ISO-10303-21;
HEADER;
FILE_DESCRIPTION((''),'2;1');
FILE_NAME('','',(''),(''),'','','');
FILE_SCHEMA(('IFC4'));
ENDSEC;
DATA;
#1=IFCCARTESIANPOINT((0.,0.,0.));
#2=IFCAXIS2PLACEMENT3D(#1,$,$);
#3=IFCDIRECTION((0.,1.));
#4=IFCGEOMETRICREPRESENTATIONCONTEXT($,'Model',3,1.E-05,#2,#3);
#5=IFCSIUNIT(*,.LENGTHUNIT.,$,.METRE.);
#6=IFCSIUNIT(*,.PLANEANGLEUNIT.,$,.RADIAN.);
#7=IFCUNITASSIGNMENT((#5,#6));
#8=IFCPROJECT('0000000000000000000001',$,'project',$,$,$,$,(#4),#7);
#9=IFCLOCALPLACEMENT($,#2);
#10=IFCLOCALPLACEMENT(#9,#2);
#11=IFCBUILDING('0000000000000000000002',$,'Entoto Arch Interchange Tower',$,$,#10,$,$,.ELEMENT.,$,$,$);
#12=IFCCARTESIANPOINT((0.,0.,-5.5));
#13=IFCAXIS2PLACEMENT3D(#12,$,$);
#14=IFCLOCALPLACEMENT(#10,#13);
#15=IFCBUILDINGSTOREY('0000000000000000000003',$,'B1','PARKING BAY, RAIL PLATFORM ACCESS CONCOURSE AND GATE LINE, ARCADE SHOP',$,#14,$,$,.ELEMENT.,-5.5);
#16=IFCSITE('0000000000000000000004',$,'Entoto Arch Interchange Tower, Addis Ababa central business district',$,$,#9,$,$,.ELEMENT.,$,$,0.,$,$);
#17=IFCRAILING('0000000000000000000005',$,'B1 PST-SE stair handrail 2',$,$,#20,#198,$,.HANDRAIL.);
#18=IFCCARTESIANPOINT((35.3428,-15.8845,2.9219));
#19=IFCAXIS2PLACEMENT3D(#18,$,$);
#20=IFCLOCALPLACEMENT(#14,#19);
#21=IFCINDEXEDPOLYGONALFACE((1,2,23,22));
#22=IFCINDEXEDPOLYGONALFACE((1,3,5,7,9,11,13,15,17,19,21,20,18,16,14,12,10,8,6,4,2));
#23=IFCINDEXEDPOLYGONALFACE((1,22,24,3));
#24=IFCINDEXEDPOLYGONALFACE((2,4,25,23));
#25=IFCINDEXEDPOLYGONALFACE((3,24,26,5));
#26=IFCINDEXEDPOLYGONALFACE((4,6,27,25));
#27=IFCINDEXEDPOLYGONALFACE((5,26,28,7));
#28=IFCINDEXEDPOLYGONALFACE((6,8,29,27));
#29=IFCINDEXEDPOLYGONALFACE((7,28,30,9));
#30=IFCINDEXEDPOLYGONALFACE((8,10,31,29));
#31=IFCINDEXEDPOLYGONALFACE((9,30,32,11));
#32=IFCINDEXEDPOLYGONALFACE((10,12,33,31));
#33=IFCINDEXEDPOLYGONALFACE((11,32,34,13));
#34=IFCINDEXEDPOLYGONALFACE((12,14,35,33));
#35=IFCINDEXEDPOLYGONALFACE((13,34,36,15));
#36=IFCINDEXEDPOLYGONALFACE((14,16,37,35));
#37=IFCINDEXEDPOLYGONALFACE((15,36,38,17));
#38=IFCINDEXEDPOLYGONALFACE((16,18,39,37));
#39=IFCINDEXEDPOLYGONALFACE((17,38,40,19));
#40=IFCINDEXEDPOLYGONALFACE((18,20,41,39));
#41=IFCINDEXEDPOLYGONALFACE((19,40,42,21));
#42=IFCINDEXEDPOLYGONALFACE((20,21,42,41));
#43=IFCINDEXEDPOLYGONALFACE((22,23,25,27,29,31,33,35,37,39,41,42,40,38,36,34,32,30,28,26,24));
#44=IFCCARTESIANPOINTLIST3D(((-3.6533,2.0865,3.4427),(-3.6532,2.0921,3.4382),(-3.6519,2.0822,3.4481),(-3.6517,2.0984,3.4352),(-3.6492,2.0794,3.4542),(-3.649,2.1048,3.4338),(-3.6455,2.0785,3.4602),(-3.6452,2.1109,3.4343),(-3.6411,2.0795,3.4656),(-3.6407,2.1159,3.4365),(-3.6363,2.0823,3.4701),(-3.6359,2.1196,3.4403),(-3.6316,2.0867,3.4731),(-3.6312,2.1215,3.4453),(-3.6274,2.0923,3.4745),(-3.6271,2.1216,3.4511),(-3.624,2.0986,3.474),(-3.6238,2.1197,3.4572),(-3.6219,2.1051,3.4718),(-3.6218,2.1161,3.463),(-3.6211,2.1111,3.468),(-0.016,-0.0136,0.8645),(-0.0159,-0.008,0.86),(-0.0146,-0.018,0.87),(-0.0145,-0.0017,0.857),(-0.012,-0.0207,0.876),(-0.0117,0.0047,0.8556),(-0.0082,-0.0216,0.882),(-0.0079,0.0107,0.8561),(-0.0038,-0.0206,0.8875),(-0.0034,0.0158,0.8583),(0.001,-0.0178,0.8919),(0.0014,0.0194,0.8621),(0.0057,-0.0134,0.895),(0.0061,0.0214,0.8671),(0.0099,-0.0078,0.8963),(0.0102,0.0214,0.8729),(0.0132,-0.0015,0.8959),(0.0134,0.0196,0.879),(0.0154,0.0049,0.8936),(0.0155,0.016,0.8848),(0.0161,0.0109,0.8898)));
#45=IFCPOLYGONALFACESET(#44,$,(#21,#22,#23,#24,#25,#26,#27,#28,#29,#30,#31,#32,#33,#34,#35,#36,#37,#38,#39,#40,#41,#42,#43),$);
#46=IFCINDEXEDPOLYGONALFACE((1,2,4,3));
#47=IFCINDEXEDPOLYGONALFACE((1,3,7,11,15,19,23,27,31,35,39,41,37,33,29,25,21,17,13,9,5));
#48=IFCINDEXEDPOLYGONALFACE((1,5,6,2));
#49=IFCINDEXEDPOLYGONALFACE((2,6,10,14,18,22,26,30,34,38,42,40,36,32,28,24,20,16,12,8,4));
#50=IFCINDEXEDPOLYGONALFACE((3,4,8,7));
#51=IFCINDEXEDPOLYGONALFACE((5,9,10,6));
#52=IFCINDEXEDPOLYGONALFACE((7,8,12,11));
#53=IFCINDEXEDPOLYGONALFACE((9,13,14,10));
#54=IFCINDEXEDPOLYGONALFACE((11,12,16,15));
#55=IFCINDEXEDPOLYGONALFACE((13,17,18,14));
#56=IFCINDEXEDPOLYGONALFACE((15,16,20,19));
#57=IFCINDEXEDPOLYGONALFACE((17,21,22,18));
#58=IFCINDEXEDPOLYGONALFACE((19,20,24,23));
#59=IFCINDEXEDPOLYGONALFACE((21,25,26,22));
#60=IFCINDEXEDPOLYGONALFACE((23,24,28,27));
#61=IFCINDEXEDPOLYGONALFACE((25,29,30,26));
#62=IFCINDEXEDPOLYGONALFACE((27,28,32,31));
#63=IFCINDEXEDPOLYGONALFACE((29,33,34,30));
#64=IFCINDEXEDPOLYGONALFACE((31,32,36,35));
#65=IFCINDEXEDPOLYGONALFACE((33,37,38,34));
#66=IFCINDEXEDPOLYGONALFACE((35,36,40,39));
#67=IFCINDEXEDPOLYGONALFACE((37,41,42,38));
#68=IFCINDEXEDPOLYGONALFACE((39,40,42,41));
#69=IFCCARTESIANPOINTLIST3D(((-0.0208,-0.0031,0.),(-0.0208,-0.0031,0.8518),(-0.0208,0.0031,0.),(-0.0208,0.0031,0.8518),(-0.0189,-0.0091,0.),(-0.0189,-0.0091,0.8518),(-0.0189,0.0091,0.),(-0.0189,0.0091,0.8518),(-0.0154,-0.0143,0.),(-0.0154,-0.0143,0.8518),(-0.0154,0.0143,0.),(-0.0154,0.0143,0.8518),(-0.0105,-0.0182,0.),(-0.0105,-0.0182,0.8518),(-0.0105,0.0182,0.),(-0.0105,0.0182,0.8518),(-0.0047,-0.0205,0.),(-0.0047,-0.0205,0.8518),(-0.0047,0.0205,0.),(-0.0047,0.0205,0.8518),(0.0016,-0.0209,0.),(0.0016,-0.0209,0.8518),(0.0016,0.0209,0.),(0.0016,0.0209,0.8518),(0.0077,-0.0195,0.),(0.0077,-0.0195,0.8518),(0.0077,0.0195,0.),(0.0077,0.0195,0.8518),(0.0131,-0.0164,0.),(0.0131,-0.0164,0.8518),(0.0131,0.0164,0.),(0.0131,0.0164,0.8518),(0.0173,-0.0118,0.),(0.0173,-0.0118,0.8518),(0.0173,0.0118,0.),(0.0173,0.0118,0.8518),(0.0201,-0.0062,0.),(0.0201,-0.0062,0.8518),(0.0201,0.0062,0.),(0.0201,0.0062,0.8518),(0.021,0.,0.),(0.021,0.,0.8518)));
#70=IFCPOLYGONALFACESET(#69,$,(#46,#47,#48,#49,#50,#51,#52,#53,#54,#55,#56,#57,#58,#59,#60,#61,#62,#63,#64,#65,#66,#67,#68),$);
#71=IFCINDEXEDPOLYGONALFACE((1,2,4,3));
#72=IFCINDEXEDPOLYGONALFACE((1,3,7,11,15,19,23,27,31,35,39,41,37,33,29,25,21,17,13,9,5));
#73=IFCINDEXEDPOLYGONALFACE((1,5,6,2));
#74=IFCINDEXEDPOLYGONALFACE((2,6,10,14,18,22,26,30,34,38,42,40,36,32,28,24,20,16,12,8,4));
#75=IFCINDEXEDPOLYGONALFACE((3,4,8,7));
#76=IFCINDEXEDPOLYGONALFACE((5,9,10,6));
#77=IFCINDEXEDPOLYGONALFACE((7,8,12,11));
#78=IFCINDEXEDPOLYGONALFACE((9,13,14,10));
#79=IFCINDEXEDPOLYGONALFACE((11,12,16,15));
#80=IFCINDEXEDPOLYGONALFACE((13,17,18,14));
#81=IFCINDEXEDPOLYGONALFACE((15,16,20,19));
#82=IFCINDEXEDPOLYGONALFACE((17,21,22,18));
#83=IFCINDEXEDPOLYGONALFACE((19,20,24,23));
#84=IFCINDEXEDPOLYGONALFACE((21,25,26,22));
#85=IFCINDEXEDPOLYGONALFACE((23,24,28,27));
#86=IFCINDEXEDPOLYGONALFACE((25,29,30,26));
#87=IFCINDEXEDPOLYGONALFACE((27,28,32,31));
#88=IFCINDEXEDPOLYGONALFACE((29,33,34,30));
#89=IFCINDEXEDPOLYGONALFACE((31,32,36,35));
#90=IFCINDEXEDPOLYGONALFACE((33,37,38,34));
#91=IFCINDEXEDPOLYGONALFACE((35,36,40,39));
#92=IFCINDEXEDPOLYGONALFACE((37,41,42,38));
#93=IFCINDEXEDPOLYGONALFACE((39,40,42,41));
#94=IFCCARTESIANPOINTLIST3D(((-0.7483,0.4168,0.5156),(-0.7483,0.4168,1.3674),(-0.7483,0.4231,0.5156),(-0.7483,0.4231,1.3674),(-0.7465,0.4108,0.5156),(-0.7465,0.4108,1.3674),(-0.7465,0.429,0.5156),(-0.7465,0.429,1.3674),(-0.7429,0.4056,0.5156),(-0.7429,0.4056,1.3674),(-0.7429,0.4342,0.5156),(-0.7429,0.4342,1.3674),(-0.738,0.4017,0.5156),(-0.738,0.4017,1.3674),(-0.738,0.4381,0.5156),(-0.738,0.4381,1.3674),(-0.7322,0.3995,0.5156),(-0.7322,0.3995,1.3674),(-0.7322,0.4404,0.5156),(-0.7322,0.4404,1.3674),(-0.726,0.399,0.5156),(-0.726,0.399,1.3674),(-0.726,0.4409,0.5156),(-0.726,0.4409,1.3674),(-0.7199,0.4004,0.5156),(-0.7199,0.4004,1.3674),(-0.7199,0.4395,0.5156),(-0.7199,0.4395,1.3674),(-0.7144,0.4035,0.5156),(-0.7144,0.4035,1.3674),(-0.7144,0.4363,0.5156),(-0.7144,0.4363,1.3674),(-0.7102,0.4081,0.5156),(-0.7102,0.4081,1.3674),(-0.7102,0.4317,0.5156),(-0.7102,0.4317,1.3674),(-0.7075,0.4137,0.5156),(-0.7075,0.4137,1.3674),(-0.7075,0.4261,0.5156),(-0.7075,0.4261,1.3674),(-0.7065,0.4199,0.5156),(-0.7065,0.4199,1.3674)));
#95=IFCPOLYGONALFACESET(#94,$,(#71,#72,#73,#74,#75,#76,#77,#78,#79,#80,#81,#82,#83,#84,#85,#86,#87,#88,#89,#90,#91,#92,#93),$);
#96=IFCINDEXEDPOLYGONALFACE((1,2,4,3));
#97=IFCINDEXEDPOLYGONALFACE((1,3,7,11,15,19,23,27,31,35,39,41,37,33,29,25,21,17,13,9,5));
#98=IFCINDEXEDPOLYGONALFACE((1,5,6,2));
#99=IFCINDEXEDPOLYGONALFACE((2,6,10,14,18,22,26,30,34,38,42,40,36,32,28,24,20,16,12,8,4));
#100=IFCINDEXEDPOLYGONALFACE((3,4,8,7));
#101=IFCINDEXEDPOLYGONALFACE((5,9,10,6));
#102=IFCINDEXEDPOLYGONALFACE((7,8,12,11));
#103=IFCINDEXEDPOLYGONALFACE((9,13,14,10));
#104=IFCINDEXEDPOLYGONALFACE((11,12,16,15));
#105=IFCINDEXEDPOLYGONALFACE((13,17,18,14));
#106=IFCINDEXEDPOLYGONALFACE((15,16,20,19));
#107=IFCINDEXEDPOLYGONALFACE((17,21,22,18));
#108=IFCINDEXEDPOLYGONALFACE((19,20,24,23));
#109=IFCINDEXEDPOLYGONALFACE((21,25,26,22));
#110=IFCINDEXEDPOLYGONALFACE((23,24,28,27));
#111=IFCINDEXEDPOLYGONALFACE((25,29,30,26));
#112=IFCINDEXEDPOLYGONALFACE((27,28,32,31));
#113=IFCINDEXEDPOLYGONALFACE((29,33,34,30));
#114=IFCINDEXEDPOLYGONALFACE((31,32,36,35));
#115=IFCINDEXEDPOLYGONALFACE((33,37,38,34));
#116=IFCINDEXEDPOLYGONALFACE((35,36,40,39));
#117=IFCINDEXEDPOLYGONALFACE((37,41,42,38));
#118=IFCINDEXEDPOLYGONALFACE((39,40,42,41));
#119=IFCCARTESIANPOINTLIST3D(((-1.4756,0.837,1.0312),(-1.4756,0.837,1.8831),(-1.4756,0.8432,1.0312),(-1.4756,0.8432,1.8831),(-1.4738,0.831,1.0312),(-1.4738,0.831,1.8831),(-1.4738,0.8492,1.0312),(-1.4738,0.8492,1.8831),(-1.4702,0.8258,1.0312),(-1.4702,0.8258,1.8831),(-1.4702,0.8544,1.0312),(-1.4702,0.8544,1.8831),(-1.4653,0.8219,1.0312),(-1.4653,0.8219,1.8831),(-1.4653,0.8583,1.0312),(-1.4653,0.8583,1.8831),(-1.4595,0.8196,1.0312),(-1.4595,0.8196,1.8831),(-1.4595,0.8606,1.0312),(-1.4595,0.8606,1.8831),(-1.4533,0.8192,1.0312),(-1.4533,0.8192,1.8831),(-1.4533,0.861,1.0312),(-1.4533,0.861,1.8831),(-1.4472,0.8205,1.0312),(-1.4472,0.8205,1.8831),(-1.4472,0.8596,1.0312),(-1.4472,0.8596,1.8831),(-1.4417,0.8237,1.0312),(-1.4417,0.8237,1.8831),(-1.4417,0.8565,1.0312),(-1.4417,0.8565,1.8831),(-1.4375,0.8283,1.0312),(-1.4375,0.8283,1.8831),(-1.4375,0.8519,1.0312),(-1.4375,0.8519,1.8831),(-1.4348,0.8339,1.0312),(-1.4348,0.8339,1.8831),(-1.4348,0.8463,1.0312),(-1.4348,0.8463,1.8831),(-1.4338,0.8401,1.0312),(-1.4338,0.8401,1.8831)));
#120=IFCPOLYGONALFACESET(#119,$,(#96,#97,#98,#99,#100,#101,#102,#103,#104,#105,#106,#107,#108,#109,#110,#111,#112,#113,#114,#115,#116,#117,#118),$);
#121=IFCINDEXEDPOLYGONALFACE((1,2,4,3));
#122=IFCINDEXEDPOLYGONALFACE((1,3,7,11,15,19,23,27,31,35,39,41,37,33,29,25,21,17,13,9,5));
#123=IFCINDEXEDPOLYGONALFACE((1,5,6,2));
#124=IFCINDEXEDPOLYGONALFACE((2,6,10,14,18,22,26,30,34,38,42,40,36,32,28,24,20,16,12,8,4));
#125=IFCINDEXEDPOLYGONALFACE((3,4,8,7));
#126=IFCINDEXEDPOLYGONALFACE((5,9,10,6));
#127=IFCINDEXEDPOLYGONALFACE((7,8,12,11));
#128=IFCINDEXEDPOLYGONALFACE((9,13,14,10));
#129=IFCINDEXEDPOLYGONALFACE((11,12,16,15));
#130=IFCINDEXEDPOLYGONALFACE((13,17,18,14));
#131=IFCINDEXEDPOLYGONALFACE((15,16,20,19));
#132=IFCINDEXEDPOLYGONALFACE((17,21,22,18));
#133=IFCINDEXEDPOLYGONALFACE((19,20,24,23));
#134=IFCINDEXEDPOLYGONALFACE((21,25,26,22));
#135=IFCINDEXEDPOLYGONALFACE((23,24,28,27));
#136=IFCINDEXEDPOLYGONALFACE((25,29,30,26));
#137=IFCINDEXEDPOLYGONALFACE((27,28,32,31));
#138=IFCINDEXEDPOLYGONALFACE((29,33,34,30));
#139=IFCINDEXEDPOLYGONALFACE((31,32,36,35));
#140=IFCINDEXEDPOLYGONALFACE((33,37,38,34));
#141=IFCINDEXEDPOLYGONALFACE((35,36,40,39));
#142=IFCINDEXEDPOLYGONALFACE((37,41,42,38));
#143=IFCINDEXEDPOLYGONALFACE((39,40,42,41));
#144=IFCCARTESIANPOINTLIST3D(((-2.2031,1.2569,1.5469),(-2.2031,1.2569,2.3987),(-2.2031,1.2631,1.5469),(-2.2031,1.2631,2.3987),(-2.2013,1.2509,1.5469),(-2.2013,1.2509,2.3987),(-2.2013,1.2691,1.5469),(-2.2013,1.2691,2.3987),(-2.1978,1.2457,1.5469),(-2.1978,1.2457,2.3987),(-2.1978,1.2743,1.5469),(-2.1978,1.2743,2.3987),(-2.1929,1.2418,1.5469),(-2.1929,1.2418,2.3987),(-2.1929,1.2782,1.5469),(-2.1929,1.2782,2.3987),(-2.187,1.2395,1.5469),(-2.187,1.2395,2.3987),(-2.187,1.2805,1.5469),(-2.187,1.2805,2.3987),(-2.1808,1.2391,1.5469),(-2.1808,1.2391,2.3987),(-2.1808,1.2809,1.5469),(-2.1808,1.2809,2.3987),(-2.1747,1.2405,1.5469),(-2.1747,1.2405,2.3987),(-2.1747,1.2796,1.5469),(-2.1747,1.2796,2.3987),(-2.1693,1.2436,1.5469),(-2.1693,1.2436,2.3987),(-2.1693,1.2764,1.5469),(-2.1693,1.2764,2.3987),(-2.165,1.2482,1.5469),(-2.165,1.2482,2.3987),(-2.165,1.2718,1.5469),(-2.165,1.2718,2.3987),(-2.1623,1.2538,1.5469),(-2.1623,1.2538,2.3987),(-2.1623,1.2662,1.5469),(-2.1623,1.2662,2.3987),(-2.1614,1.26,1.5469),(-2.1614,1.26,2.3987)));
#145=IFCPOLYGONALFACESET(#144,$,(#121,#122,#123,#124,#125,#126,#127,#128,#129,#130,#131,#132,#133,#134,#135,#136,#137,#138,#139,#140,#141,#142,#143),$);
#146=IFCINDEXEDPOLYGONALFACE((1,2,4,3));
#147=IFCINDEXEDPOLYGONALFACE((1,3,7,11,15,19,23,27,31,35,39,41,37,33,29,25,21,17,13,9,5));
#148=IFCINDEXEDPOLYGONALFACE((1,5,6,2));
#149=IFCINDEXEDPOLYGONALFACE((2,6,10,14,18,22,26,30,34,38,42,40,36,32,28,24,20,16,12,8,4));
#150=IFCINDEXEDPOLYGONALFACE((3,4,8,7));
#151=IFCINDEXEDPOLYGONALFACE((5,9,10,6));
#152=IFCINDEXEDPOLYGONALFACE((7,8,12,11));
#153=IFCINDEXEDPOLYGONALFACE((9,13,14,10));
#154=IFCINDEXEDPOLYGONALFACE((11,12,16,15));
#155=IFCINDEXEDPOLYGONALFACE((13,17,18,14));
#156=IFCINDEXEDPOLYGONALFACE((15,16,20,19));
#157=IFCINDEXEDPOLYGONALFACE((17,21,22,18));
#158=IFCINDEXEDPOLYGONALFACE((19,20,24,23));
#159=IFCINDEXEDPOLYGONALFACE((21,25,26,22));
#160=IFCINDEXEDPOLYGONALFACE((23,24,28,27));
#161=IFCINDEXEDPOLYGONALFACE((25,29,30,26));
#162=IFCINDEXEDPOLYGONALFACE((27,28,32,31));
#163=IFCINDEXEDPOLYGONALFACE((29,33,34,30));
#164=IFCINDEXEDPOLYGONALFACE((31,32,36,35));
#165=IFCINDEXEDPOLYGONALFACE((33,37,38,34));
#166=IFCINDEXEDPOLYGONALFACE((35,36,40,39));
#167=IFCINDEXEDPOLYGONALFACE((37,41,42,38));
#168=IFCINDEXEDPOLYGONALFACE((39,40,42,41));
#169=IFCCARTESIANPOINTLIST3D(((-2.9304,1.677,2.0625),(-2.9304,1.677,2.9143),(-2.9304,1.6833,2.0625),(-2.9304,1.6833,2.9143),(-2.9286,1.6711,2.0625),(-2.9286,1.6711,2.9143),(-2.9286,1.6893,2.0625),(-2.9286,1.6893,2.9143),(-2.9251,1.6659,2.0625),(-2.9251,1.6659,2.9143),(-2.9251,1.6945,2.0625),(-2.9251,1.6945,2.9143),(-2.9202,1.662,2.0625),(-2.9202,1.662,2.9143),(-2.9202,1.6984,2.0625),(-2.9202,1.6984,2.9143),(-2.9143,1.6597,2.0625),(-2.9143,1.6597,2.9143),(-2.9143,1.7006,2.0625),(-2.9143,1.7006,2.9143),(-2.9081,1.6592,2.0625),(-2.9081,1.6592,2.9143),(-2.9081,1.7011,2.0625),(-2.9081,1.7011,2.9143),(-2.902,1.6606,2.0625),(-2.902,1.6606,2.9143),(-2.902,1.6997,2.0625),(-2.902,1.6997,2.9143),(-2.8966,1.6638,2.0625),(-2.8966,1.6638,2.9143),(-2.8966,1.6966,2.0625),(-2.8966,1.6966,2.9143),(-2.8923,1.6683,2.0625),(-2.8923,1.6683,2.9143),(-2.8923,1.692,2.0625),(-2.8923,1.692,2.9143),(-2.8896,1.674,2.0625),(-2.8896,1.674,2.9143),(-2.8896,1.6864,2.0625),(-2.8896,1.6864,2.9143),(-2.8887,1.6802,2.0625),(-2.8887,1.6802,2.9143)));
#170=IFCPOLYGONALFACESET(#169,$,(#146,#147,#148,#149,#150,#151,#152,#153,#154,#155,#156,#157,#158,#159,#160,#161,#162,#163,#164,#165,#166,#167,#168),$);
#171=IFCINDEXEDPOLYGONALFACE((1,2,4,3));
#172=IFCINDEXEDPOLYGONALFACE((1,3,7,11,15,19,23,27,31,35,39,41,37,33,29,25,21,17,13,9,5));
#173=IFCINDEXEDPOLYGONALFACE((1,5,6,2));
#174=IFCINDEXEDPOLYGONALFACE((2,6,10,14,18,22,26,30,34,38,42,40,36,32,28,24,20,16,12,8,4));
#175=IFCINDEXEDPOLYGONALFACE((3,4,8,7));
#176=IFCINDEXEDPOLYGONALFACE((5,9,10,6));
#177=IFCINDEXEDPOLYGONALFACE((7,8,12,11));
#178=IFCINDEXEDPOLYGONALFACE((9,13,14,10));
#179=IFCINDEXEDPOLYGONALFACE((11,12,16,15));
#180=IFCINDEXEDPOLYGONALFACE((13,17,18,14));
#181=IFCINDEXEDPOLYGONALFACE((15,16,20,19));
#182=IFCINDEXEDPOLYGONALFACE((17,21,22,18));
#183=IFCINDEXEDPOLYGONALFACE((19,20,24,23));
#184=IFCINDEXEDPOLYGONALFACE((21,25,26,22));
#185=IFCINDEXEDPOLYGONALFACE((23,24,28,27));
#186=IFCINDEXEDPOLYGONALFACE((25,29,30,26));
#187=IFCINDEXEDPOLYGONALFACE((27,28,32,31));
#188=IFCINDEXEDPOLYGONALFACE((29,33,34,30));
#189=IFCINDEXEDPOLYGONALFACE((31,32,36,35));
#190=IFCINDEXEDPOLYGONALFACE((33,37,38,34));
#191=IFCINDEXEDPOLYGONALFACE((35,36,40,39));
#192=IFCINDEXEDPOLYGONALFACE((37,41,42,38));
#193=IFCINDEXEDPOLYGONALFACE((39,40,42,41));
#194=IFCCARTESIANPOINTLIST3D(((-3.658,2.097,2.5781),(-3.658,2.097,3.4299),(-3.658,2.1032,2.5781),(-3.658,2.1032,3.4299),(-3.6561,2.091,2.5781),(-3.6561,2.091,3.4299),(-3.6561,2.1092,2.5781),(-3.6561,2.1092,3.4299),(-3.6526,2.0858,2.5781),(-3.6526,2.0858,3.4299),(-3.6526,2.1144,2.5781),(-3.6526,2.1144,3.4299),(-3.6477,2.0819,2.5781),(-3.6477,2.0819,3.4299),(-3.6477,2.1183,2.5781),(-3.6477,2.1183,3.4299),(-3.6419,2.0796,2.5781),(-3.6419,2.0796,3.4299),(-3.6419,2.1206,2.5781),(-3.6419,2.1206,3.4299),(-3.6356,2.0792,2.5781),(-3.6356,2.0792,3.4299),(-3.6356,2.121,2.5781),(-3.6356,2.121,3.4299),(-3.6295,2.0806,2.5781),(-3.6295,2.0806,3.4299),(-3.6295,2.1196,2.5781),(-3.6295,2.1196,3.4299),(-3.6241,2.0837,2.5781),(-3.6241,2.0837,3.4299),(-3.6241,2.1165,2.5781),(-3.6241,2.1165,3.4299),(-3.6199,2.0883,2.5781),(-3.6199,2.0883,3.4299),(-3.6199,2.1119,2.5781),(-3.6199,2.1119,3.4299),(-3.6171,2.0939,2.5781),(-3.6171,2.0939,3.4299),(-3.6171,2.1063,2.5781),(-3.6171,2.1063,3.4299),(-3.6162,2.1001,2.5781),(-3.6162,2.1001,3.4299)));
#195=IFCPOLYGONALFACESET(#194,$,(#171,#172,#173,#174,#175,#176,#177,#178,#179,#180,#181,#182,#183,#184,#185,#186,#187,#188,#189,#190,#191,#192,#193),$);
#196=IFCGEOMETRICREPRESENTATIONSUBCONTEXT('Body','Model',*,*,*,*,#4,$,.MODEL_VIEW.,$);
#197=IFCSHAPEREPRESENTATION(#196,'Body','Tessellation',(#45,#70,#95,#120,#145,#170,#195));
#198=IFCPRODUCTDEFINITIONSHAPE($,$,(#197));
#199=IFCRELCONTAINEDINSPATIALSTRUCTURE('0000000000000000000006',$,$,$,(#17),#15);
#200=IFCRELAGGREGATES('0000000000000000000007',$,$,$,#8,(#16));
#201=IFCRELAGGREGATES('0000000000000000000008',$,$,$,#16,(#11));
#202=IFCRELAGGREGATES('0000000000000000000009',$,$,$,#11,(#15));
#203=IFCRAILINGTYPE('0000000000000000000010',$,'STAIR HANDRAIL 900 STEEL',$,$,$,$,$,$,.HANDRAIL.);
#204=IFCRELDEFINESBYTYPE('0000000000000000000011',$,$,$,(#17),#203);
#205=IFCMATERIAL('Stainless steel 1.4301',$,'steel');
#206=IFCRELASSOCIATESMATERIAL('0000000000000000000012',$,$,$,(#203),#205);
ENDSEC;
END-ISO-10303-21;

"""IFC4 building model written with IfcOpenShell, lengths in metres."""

from ifc_helpers import new_model, si_unit, direction, frame, origin, origin_2d, place, context, subcontext, project, spatial, circle, extrude, material, type_object, element, save


model = new_model("IFC4")

# Units and contexts
model_context = context("Model", 3, precision=1e-05, world=origin(), true_north=direction((0.0, 1.0)))
body_context = subcontext(model_context, "Body", "Model", "MODEL_VIEW")
ifc_project = project(units=[si_unit("LENGTHUNIT", "METRE"), si_unit("PLANEANGLEUNIT", "RADIAN")], contexts=[model_context])

# Site, building, storey
site_placement = place(None, origin())
site = spatial("IfcSite", under=ifc_project, at=site_placement, Name="Entoto Arch Interchange Tower, Addis Ababa central business district", CompositionType="ELEMENT", RefElevation=0.0)
building_placement = place(site_placement, origin())
building = spatial("IfcBuilding", under=site, at=building_placement, Name="Entoto Arch Interchange Tower", CompositionType="ELEMENT")
storey_placement = place(building_placement, frame((0.0, 0.0, -5.5)))
storey = spatial("IfcBuildingStorey", under=building, at=storey_placement, Name="B1", Description="PARKING BAY, RAIL PLATFORM ACCESS CONCOURSE AND GATE LINE, ARCADE SHOP", CompositionType="ELEMENT", Elevation=-5.5)

# Railing
ifc_material_1 = material(Name="Stainless steel 1.4301", Category="steel")
railing_type_1 = type_object("IfcRailingType", Name="STAIR HANDRAIL 900 STEEL", PredefinedType="HANDRAIL", material=ifc_material_1)
railing_1_placement = place(storey_placement, frame((35.3428, -15.8845, 2.9219)))
element("IfcRailing", 1, at=railing_1_placement, inside=storey, type_object=railing_type_1, Name="B1 PST-SE stair handrail 2", PredefinedType="HANDRAIL", context=body_context, shape_type="SweptSolid", body=[
    extrude(circle(Radius=0.0239, at=origin_2d()), frame((0.0, 0.0, 0.876), z_axis=(-0.738051, 0.426145, 0.523145), x_axis=(-0.500028, -0.866009, 0.0)), (0.0, 0.0, 1.0), 4.9282),
    extrude(circle(Radius=0.021, at=origin_2d()), origin(), (0.0, 0.0, 1.0), 0.8518),
    extrude(circle(Radius=0.021, at=origin_2d()), frame((-0.7275, 0.4199, 0.5156)), (0.0, 0.0, 1.0), 0.8518),
    extrude(circle(Radius=0.021, at=origin_2d()), frame((-1.4548, 0.8401, 1.0312)), (0.0, 0.0, 1.0), 0.8518),
    extrude(circle(Radius=0.021, at=origin_2d()), frame((-2.1824, 1.26, 1.5469)), (0.0, 0.0, 1.0), 0.8518),
    extrude(circle(Radius=0.021, at=origin_2d()), frame((-2.9097, 1.6802, 2.0625)), (0.0, 0.0, 1.0), 0.8518),
    extrude(circle(Radius=0.021, at=origin_2d()), frame((-3.6372, 2.1001, 2.5781)), (0.0, 0.0, 1.0), 0.8518),
])

save(model, "model.ifc")
